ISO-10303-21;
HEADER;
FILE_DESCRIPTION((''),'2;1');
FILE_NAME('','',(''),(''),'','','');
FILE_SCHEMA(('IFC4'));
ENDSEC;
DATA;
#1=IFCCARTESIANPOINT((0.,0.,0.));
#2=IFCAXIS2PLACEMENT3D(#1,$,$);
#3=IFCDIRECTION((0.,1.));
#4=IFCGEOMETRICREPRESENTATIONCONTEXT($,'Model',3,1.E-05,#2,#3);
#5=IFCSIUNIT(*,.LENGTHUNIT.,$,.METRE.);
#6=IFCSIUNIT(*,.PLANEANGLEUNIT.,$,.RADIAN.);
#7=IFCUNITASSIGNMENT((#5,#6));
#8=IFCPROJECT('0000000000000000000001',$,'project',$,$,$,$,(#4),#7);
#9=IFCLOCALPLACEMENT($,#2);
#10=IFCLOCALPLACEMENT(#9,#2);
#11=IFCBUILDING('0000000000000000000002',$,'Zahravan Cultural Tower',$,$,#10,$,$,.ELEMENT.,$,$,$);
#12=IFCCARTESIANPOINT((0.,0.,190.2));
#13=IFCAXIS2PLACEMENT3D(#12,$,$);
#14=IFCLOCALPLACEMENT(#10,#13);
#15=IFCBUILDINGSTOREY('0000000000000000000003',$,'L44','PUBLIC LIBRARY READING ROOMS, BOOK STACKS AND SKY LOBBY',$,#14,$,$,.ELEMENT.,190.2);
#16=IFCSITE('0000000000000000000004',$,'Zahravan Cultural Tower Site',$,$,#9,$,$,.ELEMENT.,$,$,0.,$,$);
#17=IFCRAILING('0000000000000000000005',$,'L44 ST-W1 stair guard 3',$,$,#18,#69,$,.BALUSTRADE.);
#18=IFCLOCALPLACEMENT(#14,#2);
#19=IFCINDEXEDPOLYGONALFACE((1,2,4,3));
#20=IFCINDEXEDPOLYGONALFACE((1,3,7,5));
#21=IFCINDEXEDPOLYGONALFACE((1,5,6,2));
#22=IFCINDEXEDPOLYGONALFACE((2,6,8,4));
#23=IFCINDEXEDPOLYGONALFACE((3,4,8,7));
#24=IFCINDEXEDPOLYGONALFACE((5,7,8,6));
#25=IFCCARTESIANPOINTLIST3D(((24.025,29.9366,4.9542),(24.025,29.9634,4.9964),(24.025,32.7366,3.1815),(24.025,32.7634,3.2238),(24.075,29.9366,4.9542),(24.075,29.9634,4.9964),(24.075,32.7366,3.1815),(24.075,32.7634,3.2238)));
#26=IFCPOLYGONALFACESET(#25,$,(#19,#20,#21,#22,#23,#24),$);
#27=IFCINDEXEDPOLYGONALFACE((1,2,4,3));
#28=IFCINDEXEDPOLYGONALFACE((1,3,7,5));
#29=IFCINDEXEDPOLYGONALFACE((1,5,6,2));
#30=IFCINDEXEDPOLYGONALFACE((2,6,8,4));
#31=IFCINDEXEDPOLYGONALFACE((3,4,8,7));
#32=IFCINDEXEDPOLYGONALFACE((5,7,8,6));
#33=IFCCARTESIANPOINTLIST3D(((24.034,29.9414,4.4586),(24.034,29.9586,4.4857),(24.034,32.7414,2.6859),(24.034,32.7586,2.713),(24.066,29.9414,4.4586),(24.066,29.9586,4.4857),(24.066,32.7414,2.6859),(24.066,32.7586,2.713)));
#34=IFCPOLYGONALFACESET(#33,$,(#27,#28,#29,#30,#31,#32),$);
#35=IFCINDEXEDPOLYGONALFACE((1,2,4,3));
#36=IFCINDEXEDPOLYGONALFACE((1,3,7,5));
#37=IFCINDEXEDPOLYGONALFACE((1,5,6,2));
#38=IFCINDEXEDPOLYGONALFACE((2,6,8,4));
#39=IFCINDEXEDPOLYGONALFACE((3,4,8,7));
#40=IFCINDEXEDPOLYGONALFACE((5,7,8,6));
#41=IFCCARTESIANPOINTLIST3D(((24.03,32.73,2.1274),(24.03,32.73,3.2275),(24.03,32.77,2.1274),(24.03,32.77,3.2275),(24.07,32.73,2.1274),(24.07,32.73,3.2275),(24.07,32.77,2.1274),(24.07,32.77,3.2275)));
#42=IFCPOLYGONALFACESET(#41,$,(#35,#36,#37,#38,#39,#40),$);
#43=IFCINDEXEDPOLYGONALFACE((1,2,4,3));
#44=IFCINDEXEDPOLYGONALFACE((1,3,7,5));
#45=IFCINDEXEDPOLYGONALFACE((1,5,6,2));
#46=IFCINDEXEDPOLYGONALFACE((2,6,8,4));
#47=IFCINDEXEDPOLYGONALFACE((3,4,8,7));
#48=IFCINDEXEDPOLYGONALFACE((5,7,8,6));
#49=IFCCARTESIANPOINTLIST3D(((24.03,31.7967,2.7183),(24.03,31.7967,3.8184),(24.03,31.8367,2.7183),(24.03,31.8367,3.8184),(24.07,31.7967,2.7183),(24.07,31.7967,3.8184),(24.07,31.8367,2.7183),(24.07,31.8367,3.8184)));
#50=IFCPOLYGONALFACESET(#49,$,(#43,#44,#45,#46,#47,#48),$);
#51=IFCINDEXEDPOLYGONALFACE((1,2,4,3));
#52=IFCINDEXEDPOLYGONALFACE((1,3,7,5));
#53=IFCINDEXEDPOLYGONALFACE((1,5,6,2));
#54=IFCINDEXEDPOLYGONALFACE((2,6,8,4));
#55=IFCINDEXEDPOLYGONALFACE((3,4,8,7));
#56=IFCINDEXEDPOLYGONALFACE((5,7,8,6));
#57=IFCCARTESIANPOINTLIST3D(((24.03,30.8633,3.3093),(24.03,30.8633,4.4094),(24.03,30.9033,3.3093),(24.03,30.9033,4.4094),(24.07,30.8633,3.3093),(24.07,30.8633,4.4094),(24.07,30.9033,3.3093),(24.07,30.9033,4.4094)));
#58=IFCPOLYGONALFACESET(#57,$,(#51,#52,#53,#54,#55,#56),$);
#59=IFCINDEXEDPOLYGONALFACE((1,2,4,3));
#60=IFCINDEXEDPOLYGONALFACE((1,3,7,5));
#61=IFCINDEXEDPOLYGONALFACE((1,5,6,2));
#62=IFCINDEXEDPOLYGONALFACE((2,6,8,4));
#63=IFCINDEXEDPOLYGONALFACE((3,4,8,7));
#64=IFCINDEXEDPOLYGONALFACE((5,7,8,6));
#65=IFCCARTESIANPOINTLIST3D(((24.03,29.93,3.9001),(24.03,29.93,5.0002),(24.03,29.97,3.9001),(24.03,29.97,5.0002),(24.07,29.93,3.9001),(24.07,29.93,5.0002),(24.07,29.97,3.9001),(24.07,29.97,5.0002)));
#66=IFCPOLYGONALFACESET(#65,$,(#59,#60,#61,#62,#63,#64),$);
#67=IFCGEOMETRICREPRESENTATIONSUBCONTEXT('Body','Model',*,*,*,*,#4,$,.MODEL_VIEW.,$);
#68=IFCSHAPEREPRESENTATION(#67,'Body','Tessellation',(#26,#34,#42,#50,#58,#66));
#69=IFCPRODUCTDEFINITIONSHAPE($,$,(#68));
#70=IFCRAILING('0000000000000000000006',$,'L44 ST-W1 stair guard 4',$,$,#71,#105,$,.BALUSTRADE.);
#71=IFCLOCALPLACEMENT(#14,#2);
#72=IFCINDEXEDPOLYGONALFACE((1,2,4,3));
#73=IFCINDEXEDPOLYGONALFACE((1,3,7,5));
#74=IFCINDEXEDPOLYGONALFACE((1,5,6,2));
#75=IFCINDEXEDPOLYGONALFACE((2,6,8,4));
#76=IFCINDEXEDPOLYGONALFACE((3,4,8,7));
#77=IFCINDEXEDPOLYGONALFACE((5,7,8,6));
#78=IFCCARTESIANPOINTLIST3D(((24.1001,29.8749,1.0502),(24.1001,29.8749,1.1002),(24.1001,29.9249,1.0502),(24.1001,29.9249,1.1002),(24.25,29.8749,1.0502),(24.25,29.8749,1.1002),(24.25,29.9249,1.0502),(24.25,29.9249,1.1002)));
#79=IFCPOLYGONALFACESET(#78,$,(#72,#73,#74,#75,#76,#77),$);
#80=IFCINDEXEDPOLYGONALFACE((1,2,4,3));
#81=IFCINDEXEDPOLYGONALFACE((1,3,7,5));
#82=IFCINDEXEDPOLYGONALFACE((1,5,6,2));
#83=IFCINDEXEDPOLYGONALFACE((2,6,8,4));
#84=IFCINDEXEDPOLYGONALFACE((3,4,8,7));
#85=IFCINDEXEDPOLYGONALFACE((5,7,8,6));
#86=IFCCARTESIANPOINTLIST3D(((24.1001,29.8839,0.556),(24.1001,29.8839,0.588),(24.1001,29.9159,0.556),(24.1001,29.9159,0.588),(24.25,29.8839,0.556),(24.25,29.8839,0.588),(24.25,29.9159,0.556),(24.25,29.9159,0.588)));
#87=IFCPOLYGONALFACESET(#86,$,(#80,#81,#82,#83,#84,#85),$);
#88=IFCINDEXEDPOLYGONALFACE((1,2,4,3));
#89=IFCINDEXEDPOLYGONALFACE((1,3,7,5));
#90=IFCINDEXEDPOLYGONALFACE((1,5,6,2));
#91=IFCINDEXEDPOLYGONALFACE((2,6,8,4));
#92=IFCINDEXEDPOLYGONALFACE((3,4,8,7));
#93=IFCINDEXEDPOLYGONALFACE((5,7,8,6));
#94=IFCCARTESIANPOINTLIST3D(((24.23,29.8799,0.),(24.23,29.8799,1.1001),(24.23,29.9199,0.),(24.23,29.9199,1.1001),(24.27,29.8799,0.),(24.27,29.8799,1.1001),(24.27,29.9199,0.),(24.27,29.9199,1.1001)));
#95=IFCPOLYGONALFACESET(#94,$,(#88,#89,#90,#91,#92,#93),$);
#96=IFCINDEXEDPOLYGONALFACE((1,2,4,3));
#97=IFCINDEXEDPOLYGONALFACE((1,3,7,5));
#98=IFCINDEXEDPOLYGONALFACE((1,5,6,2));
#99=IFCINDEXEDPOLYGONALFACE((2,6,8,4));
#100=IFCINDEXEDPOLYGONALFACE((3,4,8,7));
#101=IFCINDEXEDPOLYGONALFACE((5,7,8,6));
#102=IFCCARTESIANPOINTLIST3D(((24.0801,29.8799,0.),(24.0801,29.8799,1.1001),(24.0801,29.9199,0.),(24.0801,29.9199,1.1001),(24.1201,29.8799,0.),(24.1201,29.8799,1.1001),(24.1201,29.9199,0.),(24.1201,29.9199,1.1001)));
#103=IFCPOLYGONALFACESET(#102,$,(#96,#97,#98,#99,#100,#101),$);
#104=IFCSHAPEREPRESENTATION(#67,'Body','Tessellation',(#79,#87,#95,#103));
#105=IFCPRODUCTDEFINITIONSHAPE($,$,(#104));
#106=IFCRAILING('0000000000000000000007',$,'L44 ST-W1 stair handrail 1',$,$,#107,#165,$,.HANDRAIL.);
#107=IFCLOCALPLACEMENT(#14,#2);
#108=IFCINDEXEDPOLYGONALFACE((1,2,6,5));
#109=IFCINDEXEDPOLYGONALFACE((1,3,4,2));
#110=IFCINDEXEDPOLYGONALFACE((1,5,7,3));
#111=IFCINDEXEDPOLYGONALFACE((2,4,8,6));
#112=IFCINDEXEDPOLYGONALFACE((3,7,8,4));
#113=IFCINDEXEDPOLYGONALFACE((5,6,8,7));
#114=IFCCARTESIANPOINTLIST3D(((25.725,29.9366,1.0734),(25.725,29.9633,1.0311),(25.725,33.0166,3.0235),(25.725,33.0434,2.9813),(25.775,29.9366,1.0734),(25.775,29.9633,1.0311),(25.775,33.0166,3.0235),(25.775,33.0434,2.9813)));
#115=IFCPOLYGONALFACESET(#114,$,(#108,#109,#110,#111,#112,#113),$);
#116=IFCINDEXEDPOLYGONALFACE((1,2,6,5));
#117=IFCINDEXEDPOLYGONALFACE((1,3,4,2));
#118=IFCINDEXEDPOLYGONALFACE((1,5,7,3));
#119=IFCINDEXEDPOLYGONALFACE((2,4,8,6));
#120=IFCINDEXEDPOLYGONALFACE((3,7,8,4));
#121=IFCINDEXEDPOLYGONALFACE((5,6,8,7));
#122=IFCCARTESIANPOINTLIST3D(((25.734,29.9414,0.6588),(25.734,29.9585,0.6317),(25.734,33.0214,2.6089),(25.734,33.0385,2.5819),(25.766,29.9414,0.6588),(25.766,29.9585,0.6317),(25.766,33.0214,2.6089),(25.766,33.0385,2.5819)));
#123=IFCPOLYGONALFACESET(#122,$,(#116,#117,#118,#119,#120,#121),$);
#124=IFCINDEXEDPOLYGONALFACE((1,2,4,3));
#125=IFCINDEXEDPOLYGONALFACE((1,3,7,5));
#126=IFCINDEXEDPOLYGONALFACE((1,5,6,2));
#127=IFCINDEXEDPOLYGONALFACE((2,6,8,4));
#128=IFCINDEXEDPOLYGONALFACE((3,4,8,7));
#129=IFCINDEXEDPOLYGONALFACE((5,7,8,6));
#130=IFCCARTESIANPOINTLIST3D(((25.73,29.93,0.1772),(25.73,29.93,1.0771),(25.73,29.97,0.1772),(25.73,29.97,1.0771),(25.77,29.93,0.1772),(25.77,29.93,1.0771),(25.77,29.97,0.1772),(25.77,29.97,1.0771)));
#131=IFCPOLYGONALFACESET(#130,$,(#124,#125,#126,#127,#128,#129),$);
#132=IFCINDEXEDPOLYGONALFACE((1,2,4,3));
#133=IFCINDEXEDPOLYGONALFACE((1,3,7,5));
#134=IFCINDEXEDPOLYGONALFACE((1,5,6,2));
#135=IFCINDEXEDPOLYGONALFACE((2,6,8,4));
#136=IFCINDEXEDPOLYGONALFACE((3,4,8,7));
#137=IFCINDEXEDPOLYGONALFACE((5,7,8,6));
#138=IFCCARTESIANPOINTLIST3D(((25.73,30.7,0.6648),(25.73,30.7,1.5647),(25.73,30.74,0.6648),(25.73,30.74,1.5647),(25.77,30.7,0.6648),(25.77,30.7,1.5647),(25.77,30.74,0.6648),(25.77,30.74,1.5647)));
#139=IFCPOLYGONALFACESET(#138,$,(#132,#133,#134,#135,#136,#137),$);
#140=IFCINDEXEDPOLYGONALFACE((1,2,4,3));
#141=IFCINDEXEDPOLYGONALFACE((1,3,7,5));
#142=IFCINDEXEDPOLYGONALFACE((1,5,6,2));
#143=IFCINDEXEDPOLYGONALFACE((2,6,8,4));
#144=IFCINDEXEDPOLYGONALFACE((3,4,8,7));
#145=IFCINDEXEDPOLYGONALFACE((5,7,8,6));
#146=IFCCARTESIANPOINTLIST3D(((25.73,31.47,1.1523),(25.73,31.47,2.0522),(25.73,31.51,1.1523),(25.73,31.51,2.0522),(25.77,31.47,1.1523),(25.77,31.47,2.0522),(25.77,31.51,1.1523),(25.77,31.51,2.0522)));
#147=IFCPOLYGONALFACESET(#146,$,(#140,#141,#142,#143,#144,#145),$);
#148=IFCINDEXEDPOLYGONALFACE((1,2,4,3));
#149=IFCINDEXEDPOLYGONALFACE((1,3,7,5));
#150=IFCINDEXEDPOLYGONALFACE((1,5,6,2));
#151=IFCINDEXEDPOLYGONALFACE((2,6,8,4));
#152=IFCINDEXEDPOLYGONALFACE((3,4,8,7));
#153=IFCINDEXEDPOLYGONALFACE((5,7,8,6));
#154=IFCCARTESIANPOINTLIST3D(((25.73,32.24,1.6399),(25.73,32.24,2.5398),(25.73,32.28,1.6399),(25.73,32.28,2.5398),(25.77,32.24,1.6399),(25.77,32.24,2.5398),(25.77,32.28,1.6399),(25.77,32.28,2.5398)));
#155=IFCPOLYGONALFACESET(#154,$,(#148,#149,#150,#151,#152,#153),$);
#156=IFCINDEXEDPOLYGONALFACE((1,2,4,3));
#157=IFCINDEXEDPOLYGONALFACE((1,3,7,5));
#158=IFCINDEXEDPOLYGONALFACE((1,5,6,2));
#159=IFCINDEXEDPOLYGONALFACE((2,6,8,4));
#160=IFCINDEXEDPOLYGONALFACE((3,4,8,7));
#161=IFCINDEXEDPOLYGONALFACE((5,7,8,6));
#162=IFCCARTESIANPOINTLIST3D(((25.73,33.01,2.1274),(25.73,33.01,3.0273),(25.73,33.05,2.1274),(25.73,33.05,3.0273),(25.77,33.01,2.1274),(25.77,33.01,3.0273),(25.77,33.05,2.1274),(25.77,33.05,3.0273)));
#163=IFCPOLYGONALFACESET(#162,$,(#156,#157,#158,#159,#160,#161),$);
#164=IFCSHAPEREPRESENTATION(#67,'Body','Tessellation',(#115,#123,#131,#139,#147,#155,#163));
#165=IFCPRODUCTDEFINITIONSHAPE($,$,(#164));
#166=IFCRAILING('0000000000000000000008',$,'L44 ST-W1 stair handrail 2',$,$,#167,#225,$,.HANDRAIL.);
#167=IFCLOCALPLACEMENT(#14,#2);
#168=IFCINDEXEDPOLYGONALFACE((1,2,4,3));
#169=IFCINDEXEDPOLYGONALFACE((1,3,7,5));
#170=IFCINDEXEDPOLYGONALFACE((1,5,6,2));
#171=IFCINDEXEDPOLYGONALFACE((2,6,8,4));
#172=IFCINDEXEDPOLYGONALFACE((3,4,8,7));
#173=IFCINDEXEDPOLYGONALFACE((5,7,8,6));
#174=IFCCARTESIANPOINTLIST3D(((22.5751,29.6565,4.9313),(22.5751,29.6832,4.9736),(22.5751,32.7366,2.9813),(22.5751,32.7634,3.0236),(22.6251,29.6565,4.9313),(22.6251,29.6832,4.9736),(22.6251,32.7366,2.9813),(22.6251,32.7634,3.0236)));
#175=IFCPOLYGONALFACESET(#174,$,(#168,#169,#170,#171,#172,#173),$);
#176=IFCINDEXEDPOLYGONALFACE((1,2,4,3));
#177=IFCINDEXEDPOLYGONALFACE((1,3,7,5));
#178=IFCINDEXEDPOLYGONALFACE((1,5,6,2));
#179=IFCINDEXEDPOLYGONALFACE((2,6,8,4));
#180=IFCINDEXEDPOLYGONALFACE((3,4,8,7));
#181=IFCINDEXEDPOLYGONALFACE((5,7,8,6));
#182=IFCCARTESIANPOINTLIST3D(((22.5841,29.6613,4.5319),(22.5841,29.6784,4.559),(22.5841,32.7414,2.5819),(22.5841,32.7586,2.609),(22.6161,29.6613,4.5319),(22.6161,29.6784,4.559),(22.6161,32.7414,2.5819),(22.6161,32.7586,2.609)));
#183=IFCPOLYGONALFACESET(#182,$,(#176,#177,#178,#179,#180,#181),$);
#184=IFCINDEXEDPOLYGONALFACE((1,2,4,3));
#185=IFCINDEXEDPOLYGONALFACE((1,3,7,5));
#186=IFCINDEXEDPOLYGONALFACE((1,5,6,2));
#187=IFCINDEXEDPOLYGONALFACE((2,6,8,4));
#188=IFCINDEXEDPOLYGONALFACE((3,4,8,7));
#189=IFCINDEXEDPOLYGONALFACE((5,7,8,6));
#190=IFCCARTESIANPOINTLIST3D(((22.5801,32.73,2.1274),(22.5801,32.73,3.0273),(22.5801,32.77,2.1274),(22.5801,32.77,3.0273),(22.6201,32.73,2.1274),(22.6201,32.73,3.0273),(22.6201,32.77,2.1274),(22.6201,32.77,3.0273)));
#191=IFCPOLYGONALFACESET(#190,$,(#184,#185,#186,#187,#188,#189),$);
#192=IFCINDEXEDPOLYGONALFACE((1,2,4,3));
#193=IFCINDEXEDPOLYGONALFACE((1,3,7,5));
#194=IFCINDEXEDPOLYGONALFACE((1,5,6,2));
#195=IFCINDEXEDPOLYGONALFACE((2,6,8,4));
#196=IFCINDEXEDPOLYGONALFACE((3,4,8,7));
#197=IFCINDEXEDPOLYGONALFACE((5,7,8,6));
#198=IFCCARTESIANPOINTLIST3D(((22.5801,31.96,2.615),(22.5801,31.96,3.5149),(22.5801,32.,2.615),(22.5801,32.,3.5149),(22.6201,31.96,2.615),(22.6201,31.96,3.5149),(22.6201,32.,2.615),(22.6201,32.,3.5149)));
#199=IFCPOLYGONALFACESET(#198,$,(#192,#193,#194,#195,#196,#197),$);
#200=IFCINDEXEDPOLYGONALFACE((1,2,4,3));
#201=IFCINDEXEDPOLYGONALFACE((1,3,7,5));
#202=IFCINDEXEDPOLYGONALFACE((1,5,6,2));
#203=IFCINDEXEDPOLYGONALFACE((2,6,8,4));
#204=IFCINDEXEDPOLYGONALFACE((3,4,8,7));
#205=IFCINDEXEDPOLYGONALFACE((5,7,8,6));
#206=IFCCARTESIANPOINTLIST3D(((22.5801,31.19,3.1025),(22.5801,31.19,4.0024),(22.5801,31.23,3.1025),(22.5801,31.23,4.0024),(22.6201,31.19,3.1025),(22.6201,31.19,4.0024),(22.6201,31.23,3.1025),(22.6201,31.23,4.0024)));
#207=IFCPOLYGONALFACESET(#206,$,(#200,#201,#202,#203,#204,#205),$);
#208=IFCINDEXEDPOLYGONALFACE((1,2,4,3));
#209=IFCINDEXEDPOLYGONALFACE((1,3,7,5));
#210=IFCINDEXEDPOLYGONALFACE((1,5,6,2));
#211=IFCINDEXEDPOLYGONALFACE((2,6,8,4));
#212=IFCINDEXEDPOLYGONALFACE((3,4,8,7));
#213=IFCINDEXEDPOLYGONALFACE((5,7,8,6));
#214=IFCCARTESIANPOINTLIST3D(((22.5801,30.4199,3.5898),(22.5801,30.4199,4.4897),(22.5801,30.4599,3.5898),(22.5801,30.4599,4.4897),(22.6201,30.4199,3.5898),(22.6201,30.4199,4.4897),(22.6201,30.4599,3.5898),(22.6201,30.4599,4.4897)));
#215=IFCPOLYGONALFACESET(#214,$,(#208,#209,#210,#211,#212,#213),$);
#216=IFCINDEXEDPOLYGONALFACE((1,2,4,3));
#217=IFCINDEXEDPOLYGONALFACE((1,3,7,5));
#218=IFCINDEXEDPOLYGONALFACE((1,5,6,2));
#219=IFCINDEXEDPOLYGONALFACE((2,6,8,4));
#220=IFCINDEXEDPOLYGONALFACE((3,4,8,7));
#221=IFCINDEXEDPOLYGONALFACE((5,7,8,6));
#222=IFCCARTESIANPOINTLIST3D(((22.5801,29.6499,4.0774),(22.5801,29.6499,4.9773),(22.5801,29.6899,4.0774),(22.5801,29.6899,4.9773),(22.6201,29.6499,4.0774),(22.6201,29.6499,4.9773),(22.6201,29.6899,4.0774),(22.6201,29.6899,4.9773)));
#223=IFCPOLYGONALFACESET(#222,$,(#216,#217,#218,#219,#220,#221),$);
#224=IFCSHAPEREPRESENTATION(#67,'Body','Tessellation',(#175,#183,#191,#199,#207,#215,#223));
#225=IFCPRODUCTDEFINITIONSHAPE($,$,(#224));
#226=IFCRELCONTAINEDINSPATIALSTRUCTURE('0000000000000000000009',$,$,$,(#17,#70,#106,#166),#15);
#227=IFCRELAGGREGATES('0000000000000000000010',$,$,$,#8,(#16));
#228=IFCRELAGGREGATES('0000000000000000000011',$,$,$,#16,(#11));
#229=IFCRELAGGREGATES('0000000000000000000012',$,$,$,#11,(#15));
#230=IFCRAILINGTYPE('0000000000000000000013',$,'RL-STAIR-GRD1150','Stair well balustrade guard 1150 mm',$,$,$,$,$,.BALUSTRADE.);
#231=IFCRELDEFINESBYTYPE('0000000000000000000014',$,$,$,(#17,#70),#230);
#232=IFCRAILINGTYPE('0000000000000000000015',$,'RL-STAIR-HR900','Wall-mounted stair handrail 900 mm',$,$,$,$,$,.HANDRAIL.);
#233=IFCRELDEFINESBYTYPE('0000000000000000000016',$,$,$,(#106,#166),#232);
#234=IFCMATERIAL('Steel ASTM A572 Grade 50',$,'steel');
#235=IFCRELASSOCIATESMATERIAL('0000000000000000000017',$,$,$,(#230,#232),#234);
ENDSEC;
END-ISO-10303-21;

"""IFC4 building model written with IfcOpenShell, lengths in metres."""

from ifc_helpers import new_model, si_unit, direction, frame, origin, origin_2d, place, context, subcontext, project, spatial, rectangle, extrude, material, type_object, element, save


model = new_model("IFC4")

# Units and contexts
model_context = context("Model", 3, precision=1e-05, world=origin(), true_north=direction((0.0, 1.0)))
body_context = subcontext(model_context, "Body", "Model", "MODEL_VIEW")
ifc_project = project(units=[si_unit("LENGTHUNIT", "METRE"), si_unit("PLANEANGLEUNIT", "RADIAN")], contexts=[model_context])

# Site, building, storey
site_placement = place(None, origin())
site = spatial("IfcSite", under=ifc_project, at=site_placement, Name="Zahravan Cultural Tower Site", CompositionType="ELEMENT", RefElevation=0.0)
building_placement = place(site_placement, origin())
building = spatial("IfcBuilding", under=site, at=building_placement, Name="Zahravan Cultural Tower", CompositionType="ELEMENT")
storey_placement = place(building_placement, frame((0.0, 0.0, 190.2)))
storey = spatial("IfcBuildingStorey", under=building, at=storey_placement, Name="L44", Description="PUBLIC LIBRARY READING ROOMS, BOOK STACKS AND SKY LOBBY", CompositionType="ELEMENT", Elevation=190.2)

# Railings
ifc_material_1 = material(Name="Steel ASTM A572 Grade 50", Category="steel")
railing_type_1 = type_object("IfcRailingType", Name="RL-STAIR-GRD1150", Description="Stair well balustrade guard 1150 mm", PredefinedType="BALUSTRADE", material=ifc_material_1)
railing_1_placement = place(storey_placement, frame((24.05, 32.75, 2.1274)))
element("IfcRailing", 1, at=railing_1_placement, inside=storey, type_object=railing_type_1, Name="L44 ST-W1 stair guard 3", PredefinedType="BALUSTRADE", context=body_context, shape_type="SweptSolid", body=[
    extrude(rectangle(XDim=0.05, YDim=0.05, at=origin_2d()), frame((0.0, 0.0, 1.0752), z_axis=(0.0, -0.844909, 0.53491), x_axis=(1.0, 0.0, 0.0)), (0.0, 0.0, 1.0), 3.314),
    extrude(rectangle(XDim=0.032, YDim=0.032, at=origin_2d()), frame((0.0, 0.0, 0.572), z_axis=(0.0, -0.844909, 0.53491), x_axis=(1.0, 0.0, 0.0)), (0.0, 0.0, 1.0), 3.314),
    extrude(rectangle(XDim=0.04, YDim=0.04, at=origin_2d()), origin(), (0.0, 0.0, 1.0), 1.1001),
    extrude(rectangle(XDim=0.04, YDim=0.04, at=origin_2d()), frame((0.0, -0.9333, 0.5908)), (0.0, 0.0, 1.0), 1.1001),
    extrude(rectangle(XDim=0.04, YDim=0.04, at=origin_2d()), frame((0.0, -1.8667, 1.1819)), (0.0, 0.0, 1.0), 1.1001),
    extrude(rectangle(XDim=0.04, YDim=0.04, at=origin_2d()), frame((0.0, -2.8, 1.7727)), (0.0, 0.0, 1.0), 1.1001),
])
railing_2_placement = place(storey_placement, frame((24.25, 29.8999, 0.0)))
element("IfcRailing", 2, at=railing_2_placement, inside=storey, type_object=railing_type_1, Name="L44 ST-W1 stair guard 4", PredefinedType="BALUSTRADE", context=body_context, shape_type="SweptSolid", body=[
    extrude(rectangle(XDim=0.05, YDim=0.05, at=origin_2d()), frame((0.0, 0.0, 1.0752), z_axis=(-1.0, 0.0, 0.0), x_axis=(0.0, -1.0, 0.0)), (0.0, 0.0, 1.0), 0.1499),
    extrude(rectangle(XDim=0.032, YDim=0.032, at=origin_2d()), frame((0.0, 0.0, 0.572), z_axis=(-1.0, 0.0, 0.0), x_axis=(0.0, -1.0, 0.0)), (0.0, 0.0, 1.0), 0.1499),
    extrude(rectangle(XDim=0.04, YDim=0.04, at=origin_2d()), origin(), (0.0, 0.0, 1.0), 1.1001),
    extrude(rectangle(XDim=0.04, YDim=0.04, at=origin_2d()), frame((-0.1499, 0.0, 0.0)), (0.0, 0.0, 1.0), 1.1001),
])
railing_type_2 = type_object("IfcRailingType", Name="RL-STAIR-HR900", Description="Wall-mounted stair handrail 900 mm", PredefinedType="HANDRAIL", material=ifc_material_1)
railing_3_placement = place(storey_placement, frame((25.75, 29.95, 0.1772)))
element("IfcRailing", 3, at=railing_3_placement, inside=storey, type_object=railing_type_2, Name="L44 ST-W1 stair handrail 1", PredefinedType="HANDRAIL", context=body_context, shape_type="SweptSolid", body=[
    extrude(rectangle(XDim=0.05, YDim=0.05, at=origin_2d()), frame((0.0, 0.0, 0.875), z_axis=(0.0, 0.844884, 0.53495), x_axis=(-1.0, 0.0, 0.0)), (0.0, 0.0, 1.0), 3.6455),
    extrude(rectangle(XDim=0.032, YDim=0.032, at=origin_2d()), frame((0.0, 0.0, 0.468), z_axis=(0.0, 0.844884, 0.53495), x_axis=(-1.0, 0.0, 0.0)), (0.0, 0.0, 1.0), 3.6455),
    extrude(rectangle(XDim=0.04, YDim=0.04, at=origin_2d()), origin(), (0.0, 0.0, 1.0), 0.8999),
    extrude(rectangle(XDim=0.04, YDim=0.04, at=origin_2d()), frame((0.0, 0.77, 0.4875)), (0.0, 0.0, 1.0), 0.8999),
    extrude(rectangle(XDim=0.04, YDim=0.04, at=origin_2d()), frame((0.0, 1.54, 0.9751)), (0.0, 0.0, 1.0), 0.8999),
    extrude(rectangle(XDim=0.04, YDim=0.04, at=origin_2d()), frame((0.0, 2.3101, 1.4626)), (0.0, 0.0, 1.0), 0.8999),
    extrude(rectangle(XDim=0.04, YDim=0.04, at=origin_2d()), frame((0.0, 3.0801, 1.9502)), (0.0, 0.0, 1.0), 0.8999),
])
railing_4_placement = place(storey_placement, frame((22.6001, 32.75, 2.1274)))
element("IfcRailing", 4, at=railing_4_placement, inside=storey, type_object=railing_type_2, Name="L44 ST-W1 stair handrail 2", PredefinedType="HANDRAIL", context=body_context, shape_type="SweptSolid", body=[
    extrude(rectangle(XDim=0.05, YDim=0.05, at=origin_2d()), frame((0.0, 0.0, 0.875), z_axis=(0.0, -0.844914, 0.534902), x_axis=(1.0, 0.0, 0.0)), (0.0, 0.0, 1.0), 3.6455),
    extrude(rectangle(XDim=0.032, YDim=0.032, at=origin_2d()), frame((0.0, 0.0, 0.468), z_axis=(0.0, -0.844914, 0.534902), x_axis=(1.0, 0.0, 0.0)), (0.0, 0.0, 1.0), 3.6455),
    extrude(rectangle(XDim=0.04, YDim=0.04, at=origin_2d()), origin(), (0.0, 0.0, 1.0), 0.8999),
    extrude(rectangle(XDim=0.04, YDim=0.04, at=origin_2d()), frame((0.0, -0.77, 0.4875)), (0.0, 0.0, 1.0), 0.8999),
    extrude(rectangle(XDim=0.04, YDim=0.04, at=origin_2d()), frame((0.0, -1.54, 0.9751)), (0.0, 0.0, 1.0), 0.8999),
    extrude(rectangle(XDim=0.04, YDim=0.04, at=origin_2d()), frame((0.0, -2.3101, 1.4624)), (0.0, 0.0, 1.0), 0.8999),
    extrude(rectangle(XDim=0.04, YDim=0.04, at=origin_2d()), frame((0.0, -3.0801, 1.95)), (0.0, 0.0, 1.0), 0.8999),
])

save(model, "model.ifc")
